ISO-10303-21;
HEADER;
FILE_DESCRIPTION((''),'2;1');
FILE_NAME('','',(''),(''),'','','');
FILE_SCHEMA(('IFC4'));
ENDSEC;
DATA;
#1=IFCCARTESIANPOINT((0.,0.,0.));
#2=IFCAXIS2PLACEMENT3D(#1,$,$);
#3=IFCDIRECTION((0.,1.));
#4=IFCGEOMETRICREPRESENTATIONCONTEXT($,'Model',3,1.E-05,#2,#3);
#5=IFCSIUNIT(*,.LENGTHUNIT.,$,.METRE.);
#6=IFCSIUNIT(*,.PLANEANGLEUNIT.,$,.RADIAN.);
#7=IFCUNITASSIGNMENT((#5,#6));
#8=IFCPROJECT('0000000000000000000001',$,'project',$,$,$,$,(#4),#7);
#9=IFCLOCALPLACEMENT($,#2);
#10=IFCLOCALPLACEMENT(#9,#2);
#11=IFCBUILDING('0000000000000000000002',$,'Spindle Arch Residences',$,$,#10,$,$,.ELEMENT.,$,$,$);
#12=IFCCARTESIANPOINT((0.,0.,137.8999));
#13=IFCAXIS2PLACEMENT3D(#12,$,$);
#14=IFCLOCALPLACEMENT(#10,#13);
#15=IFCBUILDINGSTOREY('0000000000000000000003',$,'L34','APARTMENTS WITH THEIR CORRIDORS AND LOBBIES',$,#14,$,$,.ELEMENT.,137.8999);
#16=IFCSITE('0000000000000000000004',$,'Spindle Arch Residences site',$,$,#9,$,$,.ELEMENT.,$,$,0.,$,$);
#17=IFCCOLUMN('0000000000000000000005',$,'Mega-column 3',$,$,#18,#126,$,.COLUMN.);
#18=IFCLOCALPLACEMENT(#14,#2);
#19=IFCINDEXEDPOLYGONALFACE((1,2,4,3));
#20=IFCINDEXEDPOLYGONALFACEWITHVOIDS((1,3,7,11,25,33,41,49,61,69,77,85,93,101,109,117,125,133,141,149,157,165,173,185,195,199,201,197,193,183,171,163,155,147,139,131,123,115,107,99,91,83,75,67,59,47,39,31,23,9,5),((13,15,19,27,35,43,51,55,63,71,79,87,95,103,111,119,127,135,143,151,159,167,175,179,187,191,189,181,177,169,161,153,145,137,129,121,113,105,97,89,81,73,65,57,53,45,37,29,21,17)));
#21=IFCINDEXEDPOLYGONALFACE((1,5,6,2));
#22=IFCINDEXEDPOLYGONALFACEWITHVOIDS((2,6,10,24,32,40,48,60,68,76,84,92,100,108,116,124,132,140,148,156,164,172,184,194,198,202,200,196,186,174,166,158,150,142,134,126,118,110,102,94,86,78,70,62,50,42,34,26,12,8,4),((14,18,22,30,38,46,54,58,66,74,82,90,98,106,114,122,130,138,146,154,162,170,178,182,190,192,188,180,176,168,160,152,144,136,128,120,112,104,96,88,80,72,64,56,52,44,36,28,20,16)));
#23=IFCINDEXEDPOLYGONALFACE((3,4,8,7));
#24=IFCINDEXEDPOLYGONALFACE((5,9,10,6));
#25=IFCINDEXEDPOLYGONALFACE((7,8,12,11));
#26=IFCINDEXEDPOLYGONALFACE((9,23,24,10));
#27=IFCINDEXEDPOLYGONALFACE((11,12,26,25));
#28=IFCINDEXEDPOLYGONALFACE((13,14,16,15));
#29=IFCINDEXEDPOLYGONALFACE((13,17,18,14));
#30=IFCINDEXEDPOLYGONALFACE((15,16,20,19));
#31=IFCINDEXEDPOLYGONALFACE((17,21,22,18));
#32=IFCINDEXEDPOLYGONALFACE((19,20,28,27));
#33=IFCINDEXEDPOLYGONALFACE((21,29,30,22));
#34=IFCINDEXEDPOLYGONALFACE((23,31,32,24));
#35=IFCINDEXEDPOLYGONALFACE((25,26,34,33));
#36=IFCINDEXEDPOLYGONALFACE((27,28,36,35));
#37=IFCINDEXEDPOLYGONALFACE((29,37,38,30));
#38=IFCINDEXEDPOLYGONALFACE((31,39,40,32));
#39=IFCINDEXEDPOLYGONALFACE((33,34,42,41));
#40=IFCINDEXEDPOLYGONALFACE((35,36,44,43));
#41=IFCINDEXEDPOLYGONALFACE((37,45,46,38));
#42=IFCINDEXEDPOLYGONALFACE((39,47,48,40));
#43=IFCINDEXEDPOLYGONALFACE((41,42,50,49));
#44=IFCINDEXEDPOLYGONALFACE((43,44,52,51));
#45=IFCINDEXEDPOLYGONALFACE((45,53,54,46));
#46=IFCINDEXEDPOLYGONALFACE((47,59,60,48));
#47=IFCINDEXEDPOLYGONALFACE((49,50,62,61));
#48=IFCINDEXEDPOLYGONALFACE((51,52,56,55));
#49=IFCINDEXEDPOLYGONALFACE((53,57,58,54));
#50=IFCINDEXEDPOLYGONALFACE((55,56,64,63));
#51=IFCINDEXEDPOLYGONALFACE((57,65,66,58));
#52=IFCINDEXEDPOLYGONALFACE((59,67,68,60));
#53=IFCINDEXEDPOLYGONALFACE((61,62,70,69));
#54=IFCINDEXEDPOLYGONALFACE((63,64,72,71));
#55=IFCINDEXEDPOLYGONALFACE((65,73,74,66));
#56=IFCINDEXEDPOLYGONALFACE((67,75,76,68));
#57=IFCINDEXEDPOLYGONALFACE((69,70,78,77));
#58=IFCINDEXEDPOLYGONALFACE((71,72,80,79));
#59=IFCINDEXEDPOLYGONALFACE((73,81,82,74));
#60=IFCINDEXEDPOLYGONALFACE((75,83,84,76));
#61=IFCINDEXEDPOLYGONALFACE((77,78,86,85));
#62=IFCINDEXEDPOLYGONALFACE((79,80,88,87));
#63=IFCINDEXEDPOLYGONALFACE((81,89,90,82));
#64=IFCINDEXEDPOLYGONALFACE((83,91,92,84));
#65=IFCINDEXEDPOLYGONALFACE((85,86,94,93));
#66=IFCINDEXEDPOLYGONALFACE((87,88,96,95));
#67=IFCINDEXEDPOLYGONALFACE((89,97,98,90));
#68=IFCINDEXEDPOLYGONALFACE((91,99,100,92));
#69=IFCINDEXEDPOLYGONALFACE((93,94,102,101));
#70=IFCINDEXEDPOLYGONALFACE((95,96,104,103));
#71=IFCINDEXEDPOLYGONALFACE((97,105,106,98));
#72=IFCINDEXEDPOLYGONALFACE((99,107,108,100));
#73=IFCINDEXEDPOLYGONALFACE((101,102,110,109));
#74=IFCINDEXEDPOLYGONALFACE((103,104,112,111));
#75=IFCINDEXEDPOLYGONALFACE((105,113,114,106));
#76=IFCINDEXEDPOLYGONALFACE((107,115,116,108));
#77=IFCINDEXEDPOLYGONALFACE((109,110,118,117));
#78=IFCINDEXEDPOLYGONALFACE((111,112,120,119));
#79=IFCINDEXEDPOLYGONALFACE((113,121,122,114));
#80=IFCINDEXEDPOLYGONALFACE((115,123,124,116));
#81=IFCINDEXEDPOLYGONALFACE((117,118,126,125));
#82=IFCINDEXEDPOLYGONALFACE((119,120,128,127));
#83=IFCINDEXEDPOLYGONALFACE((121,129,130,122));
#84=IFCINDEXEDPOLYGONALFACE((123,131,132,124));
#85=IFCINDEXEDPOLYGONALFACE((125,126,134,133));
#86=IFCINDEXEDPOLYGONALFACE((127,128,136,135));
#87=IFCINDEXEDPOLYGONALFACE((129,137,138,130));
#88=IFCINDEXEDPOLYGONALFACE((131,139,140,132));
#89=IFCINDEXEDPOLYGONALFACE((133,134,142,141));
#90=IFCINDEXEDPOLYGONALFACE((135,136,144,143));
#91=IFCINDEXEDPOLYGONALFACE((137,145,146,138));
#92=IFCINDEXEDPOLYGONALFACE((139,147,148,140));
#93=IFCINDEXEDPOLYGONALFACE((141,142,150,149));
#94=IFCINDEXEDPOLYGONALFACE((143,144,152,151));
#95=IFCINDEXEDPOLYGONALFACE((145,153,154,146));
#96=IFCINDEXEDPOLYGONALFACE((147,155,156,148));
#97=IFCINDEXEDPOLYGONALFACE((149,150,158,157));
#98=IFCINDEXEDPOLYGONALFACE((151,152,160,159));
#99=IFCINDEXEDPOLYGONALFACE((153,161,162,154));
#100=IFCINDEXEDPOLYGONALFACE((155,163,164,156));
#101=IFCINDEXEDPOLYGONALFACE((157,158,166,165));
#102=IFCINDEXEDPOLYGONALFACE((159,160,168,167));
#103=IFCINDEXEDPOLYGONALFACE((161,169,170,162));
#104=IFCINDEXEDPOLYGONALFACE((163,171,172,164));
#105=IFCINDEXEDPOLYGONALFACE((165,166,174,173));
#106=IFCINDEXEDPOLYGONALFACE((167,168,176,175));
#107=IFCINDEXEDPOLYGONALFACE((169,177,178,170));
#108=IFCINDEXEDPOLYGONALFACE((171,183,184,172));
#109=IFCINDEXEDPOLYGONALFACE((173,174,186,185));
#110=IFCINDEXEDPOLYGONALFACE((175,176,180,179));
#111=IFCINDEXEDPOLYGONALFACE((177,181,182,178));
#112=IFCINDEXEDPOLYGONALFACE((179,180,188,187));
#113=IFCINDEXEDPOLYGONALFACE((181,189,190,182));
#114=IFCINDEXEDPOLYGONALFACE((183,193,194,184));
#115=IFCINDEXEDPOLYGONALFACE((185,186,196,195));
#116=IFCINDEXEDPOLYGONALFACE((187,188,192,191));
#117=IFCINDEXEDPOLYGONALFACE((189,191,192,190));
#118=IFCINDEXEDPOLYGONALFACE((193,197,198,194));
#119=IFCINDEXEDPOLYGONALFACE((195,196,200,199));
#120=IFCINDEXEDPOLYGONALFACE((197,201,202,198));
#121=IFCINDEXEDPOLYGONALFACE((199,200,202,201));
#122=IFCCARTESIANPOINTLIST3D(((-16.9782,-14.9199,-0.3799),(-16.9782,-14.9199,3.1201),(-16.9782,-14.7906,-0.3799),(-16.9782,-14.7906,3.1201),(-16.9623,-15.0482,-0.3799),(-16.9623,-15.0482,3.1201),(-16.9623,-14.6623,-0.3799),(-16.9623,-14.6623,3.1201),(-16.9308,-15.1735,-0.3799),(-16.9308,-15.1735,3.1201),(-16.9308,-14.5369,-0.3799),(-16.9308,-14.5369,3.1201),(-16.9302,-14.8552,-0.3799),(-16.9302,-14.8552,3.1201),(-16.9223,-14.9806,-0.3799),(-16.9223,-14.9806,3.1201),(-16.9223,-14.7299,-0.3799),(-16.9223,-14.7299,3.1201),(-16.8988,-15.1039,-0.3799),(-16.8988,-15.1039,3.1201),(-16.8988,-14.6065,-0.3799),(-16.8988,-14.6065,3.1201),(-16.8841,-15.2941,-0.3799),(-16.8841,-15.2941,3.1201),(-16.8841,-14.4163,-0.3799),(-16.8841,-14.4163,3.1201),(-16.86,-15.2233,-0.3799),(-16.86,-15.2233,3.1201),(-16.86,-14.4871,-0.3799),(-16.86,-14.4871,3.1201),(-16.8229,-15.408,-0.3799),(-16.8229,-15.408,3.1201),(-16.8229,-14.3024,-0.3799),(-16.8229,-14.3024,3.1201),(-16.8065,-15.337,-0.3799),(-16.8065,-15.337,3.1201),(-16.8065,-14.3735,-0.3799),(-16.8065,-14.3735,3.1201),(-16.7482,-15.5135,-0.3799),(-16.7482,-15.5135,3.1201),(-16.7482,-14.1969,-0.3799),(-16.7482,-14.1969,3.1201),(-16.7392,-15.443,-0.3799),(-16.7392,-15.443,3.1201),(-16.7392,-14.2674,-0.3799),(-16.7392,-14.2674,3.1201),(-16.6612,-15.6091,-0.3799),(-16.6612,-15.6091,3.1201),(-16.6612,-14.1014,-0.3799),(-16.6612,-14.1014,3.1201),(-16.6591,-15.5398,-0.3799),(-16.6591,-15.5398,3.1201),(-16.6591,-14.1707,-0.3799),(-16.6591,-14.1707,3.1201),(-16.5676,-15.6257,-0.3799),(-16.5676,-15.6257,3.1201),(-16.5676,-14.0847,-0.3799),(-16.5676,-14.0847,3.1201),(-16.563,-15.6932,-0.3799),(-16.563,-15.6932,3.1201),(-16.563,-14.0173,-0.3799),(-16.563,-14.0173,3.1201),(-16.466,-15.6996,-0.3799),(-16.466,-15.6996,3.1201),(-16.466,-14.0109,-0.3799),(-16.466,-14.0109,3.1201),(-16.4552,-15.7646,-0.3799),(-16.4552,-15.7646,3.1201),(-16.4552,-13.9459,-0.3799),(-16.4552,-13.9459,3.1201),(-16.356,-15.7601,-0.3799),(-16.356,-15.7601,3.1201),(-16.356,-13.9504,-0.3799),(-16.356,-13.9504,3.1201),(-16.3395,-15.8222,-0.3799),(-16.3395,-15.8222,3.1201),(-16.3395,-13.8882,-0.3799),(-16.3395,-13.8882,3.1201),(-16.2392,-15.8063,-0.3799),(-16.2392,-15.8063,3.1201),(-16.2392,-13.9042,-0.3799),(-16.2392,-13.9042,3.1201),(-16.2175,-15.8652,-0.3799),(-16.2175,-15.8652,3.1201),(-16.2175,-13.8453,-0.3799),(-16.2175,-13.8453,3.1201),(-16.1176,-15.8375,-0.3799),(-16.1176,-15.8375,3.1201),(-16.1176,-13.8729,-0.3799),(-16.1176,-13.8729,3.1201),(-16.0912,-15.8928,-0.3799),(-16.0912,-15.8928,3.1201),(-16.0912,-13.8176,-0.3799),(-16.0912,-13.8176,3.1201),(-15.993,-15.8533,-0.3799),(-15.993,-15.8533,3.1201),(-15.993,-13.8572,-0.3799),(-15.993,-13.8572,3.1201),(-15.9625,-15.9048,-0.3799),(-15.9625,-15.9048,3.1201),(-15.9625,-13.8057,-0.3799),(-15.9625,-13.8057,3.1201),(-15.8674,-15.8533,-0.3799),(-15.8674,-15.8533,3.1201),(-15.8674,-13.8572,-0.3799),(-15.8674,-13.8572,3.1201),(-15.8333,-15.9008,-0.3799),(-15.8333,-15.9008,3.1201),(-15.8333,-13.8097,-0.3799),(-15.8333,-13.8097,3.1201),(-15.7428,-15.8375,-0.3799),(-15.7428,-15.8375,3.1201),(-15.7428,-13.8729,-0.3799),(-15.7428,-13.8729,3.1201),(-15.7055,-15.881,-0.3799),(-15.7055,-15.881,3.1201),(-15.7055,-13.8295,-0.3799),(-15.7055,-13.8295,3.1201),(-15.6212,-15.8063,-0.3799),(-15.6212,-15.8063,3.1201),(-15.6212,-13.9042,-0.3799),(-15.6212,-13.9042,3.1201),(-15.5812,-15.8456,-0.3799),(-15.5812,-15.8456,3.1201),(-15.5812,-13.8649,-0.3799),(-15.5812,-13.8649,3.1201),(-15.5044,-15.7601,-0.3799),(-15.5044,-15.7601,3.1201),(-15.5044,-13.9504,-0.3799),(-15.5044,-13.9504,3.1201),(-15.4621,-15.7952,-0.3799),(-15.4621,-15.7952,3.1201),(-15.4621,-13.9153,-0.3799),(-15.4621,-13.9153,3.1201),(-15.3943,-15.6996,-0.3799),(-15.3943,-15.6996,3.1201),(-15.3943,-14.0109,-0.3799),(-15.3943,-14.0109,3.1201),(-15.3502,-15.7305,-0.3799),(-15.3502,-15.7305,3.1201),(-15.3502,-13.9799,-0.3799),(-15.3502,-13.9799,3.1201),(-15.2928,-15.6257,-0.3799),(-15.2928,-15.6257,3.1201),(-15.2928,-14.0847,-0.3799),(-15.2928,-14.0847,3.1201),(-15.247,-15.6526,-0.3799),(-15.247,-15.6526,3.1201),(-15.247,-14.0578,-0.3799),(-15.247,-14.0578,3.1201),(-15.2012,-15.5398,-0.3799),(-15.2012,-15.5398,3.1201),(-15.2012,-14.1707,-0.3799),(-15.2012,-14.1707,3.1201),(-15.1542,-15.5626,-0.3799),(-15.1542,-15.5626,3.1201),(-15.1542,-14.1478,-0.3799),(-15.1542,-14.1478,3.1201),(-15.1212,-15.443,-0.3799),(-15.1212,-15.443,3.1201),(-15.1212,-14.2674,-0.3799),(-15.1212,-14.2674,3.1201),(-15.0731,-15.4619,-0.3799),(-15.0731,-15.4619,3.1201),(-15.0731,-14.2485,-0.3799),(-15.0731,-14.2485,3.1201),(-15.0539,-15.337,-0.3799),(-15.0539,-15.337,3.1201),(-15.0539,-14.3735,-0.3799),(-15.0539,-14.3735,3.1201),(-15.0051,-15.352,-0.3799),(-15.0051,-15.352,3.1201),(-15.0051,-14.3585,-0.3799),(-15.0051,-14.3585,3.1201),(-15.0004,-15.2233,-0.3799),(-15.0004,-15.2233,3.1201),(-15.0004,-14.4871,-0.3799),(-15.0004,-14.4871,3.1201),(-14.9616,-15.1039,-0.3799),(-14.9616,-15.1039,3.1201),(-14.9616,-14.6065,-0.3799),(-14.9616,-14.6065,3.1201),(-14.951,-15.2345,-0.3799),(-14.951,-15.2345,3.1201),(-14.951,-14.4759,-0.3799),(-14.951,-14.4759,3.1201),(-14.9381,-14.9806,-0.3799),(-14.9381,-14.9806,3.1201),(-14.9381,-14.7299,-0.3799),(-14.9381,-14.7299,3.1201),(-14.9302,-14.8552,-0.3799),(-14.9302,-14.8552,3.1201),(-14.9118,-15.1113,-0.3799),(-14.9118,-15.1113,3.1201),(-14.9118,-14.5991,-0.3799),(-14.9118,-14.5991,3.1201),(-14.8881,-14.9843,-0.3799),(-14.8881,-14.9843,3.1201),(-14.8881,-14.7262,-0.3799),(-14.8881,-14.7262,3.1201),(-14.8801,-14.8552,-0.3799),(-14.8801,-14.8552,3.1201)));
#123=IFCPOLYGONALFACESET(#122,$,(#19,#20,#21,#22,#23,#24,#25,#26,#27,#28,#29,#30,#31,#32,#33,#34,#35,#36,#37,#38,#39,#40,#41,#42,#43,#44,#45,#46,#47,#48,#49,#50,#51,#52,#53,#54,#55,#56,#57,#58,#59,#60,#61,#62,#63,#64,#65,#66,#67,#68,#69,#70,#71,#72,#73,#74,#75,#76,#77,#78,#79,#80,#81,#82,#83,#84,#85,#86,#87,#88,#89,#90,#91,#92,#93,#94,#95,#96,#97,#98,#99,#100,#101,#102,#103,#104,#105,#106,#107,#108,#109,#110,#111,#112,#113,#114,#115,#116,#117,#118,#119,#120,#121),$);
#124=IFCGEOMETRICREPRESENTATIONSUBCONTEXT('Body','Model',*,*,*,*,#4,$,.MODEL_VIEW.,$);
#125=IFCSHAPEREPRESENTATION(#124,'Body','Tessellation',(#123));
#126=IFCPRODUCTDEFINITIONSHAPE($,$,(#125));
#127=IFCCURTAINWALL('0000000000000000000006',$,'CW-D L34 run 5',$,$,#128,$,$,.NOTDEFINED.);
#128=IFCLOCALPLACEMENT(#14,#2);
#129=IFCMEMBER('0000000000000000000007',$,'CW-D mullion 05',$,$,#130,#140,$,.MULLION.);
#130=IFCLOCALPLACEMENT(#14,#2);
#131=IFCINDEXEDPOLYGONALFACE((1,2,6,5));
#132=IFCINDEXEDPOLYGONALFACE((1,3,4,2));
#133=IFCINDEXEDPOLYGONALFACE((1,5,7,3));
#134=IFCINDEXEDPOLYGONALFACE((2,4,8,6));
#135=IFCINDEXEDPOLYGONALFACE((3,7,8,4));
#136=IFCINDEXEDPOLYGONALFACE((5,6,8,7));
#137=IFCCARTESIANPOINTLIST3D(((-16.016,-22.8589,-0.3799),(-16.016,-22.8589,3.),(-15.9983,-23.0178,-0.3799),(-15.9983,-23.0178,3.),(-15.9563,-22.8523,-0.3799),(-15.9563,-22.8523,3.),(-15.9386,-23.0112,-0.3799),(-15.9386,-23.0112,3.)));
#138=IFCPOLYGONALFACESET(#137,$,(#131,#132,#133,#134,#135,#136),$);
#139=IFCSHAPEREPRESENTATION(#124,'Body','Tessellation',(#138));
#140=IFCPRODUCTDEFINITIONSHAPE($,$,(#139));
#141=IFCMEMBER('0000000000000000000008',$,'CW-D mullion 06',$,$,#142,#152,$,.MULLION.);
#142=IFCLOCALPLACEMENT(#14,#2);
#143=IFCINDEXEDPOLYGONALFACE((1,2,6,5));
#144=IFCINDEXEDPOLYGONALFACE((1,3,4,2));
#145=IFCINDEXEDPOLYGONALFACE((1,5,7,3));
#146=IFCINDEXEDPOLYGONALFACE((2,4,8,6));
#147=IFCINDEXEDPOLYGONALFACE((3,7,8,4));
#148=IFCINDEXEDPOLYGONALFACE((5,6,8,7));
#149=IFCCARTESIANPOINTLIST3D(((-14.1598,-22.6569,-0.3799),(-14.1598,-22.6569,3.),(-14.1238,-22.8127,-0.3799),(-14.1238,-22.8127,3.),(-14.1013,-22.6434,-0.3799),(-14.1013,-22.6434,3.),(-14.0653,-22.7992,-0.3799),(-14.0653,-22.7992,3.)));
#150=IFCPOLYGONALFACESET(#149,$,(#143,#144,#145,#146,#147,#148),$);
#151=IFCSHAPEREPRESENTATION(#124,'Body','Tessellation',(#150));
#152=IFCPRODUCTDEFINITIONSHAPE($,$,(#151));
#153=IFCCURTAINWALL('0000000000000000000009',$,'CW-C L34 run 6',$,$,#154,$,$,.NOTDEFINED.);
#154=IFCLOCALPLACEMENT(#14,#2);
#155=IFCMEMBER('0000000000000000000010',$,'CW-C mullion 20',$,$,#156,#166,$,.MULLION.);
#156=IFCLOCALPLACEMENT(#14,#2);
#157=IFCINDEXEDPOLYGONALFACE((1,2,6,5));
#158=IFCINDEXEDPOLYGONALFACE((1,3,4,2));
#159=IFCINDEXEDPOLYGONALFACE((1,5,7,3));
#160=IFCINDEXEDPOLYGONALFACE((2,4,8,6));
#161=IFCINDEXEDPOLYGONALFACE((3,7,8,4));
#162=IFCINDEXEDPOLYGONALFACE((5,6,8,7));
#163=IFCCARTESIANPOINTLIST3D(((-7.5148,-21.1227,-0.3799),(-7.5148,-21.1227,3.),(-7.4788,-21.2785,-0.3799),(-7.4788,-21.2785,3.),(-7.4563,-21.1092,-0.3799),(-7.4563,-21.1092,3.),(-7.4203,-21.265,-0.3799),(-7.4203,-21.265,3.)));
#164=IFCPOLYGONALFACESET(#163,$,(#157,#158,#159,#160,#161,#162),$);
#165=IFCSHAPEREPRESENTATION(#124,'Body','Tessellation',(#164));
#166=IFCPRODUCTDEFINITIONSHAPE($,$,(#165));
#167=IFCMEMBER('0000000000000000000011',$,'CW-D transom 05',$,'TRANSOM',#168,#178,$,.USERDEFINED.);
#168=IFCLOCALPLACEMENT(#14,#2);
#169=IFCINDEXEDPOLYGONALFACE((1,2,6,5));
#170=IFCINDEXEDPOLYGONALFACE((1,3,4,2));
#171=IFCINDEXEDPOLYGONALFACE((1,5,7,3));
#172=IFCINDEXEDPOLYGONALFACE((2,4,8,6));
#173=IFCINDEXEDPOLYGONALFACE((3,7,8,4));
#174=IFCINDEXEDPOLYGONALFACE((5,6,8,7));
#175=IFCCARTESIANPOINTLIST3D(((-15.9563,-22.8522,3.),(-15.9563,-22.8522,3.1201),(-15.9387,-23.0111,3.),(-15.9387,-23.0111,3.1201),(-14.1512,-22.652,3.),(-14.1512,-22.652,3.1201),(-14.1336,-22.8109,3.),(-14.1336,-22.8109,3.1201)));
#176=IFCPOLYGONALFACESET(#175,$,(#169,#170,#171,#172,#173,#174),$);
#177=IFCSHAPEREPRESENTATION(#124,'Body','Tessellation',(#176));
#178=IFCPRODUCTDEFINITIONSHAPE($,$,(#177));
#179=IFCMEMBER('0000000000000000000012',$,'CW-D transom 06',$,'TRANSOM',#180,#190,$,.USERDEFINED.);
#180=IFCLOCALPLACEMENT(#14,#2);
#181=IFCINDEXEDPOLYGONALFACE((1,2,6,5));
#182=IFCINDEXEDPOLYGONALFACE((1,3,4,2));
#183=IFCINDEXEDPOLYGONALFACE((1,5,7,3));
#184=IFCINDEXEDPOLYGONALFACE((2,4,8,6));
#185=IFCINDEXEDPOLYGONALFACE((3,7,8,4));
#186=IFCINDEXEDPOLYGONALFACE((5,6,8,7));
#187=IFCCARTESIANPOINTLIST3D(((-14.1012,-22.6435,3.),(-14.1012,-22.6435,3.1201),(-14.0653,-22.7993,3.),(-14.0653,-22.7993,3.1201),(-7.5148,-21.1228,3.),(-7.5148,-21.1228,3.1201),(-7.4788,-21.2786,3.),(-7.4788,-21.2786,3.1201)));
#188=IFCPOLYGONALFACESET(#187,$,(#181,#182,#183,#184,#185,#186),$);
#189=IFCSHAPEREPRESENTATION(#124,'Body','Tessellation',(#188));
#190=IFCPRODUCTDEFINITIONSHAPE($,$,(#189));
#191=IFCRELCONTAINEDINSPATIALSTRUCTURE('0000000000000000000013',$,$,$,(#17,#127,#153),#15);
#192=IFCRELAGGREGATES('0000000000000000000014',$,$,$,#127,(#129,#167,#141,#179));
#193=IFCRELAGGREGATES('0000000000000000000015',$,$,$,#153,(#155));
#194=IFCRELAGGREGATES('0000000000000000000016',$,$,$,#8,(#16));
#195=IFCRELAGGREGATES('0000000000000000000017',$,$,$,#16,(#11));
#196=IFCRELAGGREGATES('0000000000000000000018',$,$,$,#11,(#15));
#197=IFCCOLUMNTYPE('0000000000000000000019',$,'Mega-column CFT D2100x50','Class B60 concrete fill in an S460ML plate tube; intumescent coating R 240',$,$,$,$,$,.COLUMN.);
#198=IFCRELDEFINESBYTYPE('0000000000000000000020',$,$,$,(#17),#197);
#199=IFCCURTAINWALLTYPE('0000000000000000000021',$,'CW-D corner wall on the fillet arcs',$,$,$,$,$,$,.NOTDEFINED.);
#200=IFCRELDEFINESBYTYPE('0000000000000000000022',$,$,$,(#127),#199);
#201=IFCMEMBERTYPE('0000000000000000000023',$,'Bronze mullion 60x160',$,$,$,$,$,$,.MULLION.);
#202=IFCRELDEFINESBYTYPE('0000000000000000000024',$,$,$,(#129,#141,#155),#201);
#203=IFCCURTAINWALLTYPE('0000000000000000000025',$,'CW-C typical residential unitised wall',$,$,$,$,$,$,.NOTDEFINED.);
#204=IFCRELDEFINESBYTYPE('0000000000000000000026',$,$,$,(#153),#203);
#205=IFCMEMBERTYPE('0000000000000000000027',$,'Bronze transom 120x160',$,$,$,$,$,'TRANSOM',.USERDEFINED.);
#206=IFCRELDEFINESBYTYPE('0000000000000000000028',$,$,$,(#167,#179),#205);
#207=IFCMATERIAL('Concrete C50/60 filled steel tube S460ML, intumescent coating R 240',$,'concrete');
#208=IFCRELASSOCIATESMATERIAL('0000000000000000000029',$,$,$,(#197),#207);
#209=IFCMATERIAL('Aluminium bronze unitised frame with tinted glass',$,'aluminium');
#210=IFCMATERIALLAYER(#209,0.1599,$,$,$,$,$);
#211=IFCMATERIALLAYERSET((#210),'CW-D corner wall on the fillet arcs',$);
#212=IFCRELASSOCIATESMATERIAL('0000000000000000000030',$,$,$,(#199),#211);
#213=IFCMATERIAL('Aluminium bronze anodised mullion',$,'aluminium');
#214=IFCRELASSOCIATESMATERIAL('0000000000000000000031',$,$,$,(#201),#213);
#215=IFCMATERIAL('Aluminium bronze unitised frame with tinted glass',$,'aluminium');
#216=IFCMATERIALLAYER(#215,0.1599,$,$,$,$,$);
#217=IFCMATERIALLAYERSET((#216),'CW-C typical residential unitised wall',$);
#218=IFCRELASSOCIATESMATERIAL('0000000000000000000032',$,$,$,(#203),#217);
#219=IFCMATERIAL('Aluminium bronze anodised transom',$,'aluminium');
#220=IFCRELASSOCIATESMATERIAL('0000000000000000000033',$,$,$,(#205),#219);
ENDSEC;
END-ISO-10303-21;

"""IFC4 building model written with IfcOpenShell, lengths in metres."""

from ifc_helpers import new_model, si_unit, direction, frame, origin, origin_2d, place, context, subcontext, project, spatial, rectangle, hollow_circle, extrude, material, layer, layer_set, material_profile, profile_set, type_object, element, aggregate, save


model = new_model("IFC4")

# Units and contexts
model_context = context("Model", 3, precision=1e-05, world=origin(), true_north=direction((0.0, 1.0)))
body_context = subcontext(model_context, "Body", "Model", "MODEL_VIEW")
ifc_project = project(units=[si_unit("LENGTHUNIT", "METRE"), si_unit("PLANEANGLEUNIT", "RADIAN")], contexts=[model_context])

# Site, building, storey
site_placement = place(None, origin())
site = spatial("IfcSite", under=ifc_project, at=site_placement, Name="Spindle Arch Residences site", CompositionType="ELEMENT", RefElevation=0.0)
building_placement = place(site_placement, origin())
building = spatial("IfcBuilding", under=site, at=building_placement, Name="Spindle Arch Residences", CompositionType="ELEMENT")
storey_placement = place(building_placement, frame((0.0, 0.0, 137.8999)))
storey = spatial("IfcBuildingStorey", under=building, at=storey_placement, Name="L34", Description="APARTMENTS WITH THEIR CORRIDORS AND LOBBIES", CompositionType="ELEMENT", Elevation=137.8999)

# Column
ifc_material_1 = material(Name="Concrete C50/60 filled steel tube S460ML, intumescent coating R 240", Category="concrete")
ifc_material_profile_1 = material_profile(ifc_material_1, hollow_circle(Radius=1.05, WallThickness=0.05, at=origin_2d()), Name="CFT D2100x50")
ifc_profile_set_1 = profile_set([ifc_material_profile_1], Name="Concrete C50/60 filled steel tube S460ML, intumescent coating R 240")
column_type_1 = type_object("IfcColumnType", Name="Mega-column CFT D2100x50", Description="Class B60 concrete fill in an S460ML plate tube; intumescent coating R 240", PredefinedType="COLUMN", material=ifc_profile_set_1)
column_placement = place(storey_placement, frame((-15.9302, -14.8552, -0.3799), z_axis=(0.0, 0.0, 1.0), x_axis=(1.0, 0.0, 0.0)))
element("IfcColumn", 1, at=column_placement, inside=storey, type_object=column_type_1, Name="Mega-column 3", PredefinedType="COLUMN", context=body_context, shape_type="SweptSolid", body=[
    extrude(hollow_circle(Radius=1.05, WallThickness=0.05, at=origin_2d()), origin(), (0.0, 0.0, 1.0), 3.5),
])

# Curtain wall, members
ifc_material_2 = material(Name="Aluminium bronze unitised frame with tinted glass", Category="aluminium")
ifc_layer_1 = layer(ifc_material_2, 0.1599)
ifc_layer_set_1 = layer_set([ifc_layer_1], Name="CW-D corner wall on the fillet arcs")
curtain_wall_type_1 = type_object("IfcCurtainWallType", Name="CW-D corner wall on the fillet arcs", PredefinedType="NOTDEFINED", material=ifc_layer_set_1)
curtain_wall_1_placement = place(storey_placement, origin())
curtain_wall_1 = element("IfcCurtainWall", 2, at=curtain_wall_1_placement, inside=storey, type_object=curtain_wall_type_1, Name="CW-D L34 run 5", PredefinedType="NOTDEFINED")
ifc_material_3 = material(Name="Aluminium bronze anodised mullion", Category="aluminium")
ifc_material_profile_2 = material_profile(ifc_material_3, rectangle(XDim=0.1599, YDim=0.0601, at=origin_2d()), Name="MU 60x160")
ifc_profile_set_2 = profile_set([ifc_material_profile_2], Name="Aluminium bronze anodised mullion")
member_type_1 = type_object("IfcMemberType", Name="Bronze mullion 60x160", PredefinedType="MULLION", material=ifc_profile_set_2)
member_1_placement = place(storey_placement, frame((-15.9773, -22.9351, -0.3799), z_axis=(0.0, 0.0, 1.0), x_axis=(-0.110313, 0.993897, 0.0)))
member_1 = element("IfcMember", 3, at=member_1_placement, type_object=member_type_1, Name="CW-D mullion 05", PredefinedType="MULLION", context=body_context, shape_type="SweptSolid", body=[
    extrude(rectangle(XDim=0.1599, YDim=0.0601, at=origin_2d()), origin(), (0.0, 0.0, 1.0), 3.3799),
])
member_2_placement = place(storey_placement, frame((-14.1125, -22.728, -0.3799), z_axis=(0.0, 0.0, 1.0), x_axis=(-0.224951, 0.97437, 0.0)))
member_2 = element("IfcMember", 4, at=member_2_placement, type_object=member_type_1, Name="CW-D mullion 06", PredefinedType="MULLION", context=body_context, shape_type="SweptSolid", body=[
    extrude(rectangle(XDim=0.1599, YDim=0.0601, at=origin_2d()), origin(), (0.0, 0.0, 1.0), 3.3799),
])

# Curtain wall, member
ifc_material_4 = material(Name="Aluminium bronze unitised frame with tinted glass", Category="aluminium")
ifc_layer_2 = layer(ifc_material_4, 0.1599)
ifc_layer_set_2 = layer_set([ifc_layer_2], Name="CW-C typical residential unitised wall")
curtain_wall_type_2 = type_object("IfcCurtainWallType", Name="CW-C typical residential unitised wall", PredefinedType="NOTDEFINED", material=ifc_layer_set_2)
curtain_wall_2_placement = place(storey_placement, origin())
curtain_wall_2 = element("IfcCurtainWall", 5, at=curtain_wall_2_placement, inside=storey, type_object=curtain_wall_type_2, Name="CW-C L34 run 6", PredefinedType="NOTDEFINED")
member_3_placement = place(storey_placement, frame((-7.4675, -21.1938, -0.3799), z_axis=(0.0, 0.0, 1.0), x_axis=(-0.224951, 0.97437, 0.0)))
member_3 = element("IfcMember", 6, at=member_3_placement, type_object=member_type_1, Name="CW-C mullion 20", PredefinedType="MULLION", context=body_context, shape_type="SweptSolid", body=[
    extrude(rectangle(XDim=0.1599, YDim=0.0601, at=origin_2d()), origin(), (0.0, 0.0, 1.0), 3.3799),
])

# Members
ifc_material_5 = material(Name="Aluminium bronze anodised transom", Category="aluminium")
ifc_material_profile_3 = material_profile(ifc_material_5, rectangle(XDim=0.1599, YDim=0.1201, at=origin_2d()), Name="TR 120x160")
ifc_profile_set_3 = profile_set([ifc_material_profile_3], Name="Aluminium bronze anodised transom")
member_type_2 = type_object("IfcMemberType", Name="Bronze transom 120x160", ElementType="TRANSOM", PredefinedType="USERDEFINED", material=ifc_profile_set_3)
member_4_placement = place(storey_placement, frame((-15.9475, -22.9316, 3.0601), z_axis=(0.993907, 0.110225, 0.0), x_axis=(-0.110225, 0.993907, 0.0)))
member_4 = element("IfcMember", 7, at=member_4_placement, type_object=member_type_2, Name="CW-D transom 05", ObjectType="TRANSOM", PredefinedType="USERDEFINED", context=body_context, shape_type="SweptSolid", body=[
    extrude(rectangle(XDim=0.1599, YDim=0.1201, at=origin_2d()), origin(), (0.0, 0.0, 1.0), 1.8162),
])
member_5_placement = place(storey_placement, frame((-14.0833, -22.7214, 3.0601), z_axis=(0.974365, 0.224973, 0.0), x_axis=(-0.224973, 0.974365, 0.0)))
member_5 = element("IfcMember", 8, at=member_5_placement, type_object=member_type_2, Name="CW-D transom 06", ObjectType="TRANSOM", PredefinedType="USERDEFINED", context=body_context, shape_type="SweptSolid", body=[
    extrude(rectangle(XDim=0.1599, YDim=0.1201, at=origin_2d()), origin(), (0.0, 0.0, 1.0), 6.7598),
])

aggregate(curtain_wall_1, [member_1, member_4, member_2, member_5])
aggregate(curtain_wall_2, [member_3])

save(model, "model.ifc")
